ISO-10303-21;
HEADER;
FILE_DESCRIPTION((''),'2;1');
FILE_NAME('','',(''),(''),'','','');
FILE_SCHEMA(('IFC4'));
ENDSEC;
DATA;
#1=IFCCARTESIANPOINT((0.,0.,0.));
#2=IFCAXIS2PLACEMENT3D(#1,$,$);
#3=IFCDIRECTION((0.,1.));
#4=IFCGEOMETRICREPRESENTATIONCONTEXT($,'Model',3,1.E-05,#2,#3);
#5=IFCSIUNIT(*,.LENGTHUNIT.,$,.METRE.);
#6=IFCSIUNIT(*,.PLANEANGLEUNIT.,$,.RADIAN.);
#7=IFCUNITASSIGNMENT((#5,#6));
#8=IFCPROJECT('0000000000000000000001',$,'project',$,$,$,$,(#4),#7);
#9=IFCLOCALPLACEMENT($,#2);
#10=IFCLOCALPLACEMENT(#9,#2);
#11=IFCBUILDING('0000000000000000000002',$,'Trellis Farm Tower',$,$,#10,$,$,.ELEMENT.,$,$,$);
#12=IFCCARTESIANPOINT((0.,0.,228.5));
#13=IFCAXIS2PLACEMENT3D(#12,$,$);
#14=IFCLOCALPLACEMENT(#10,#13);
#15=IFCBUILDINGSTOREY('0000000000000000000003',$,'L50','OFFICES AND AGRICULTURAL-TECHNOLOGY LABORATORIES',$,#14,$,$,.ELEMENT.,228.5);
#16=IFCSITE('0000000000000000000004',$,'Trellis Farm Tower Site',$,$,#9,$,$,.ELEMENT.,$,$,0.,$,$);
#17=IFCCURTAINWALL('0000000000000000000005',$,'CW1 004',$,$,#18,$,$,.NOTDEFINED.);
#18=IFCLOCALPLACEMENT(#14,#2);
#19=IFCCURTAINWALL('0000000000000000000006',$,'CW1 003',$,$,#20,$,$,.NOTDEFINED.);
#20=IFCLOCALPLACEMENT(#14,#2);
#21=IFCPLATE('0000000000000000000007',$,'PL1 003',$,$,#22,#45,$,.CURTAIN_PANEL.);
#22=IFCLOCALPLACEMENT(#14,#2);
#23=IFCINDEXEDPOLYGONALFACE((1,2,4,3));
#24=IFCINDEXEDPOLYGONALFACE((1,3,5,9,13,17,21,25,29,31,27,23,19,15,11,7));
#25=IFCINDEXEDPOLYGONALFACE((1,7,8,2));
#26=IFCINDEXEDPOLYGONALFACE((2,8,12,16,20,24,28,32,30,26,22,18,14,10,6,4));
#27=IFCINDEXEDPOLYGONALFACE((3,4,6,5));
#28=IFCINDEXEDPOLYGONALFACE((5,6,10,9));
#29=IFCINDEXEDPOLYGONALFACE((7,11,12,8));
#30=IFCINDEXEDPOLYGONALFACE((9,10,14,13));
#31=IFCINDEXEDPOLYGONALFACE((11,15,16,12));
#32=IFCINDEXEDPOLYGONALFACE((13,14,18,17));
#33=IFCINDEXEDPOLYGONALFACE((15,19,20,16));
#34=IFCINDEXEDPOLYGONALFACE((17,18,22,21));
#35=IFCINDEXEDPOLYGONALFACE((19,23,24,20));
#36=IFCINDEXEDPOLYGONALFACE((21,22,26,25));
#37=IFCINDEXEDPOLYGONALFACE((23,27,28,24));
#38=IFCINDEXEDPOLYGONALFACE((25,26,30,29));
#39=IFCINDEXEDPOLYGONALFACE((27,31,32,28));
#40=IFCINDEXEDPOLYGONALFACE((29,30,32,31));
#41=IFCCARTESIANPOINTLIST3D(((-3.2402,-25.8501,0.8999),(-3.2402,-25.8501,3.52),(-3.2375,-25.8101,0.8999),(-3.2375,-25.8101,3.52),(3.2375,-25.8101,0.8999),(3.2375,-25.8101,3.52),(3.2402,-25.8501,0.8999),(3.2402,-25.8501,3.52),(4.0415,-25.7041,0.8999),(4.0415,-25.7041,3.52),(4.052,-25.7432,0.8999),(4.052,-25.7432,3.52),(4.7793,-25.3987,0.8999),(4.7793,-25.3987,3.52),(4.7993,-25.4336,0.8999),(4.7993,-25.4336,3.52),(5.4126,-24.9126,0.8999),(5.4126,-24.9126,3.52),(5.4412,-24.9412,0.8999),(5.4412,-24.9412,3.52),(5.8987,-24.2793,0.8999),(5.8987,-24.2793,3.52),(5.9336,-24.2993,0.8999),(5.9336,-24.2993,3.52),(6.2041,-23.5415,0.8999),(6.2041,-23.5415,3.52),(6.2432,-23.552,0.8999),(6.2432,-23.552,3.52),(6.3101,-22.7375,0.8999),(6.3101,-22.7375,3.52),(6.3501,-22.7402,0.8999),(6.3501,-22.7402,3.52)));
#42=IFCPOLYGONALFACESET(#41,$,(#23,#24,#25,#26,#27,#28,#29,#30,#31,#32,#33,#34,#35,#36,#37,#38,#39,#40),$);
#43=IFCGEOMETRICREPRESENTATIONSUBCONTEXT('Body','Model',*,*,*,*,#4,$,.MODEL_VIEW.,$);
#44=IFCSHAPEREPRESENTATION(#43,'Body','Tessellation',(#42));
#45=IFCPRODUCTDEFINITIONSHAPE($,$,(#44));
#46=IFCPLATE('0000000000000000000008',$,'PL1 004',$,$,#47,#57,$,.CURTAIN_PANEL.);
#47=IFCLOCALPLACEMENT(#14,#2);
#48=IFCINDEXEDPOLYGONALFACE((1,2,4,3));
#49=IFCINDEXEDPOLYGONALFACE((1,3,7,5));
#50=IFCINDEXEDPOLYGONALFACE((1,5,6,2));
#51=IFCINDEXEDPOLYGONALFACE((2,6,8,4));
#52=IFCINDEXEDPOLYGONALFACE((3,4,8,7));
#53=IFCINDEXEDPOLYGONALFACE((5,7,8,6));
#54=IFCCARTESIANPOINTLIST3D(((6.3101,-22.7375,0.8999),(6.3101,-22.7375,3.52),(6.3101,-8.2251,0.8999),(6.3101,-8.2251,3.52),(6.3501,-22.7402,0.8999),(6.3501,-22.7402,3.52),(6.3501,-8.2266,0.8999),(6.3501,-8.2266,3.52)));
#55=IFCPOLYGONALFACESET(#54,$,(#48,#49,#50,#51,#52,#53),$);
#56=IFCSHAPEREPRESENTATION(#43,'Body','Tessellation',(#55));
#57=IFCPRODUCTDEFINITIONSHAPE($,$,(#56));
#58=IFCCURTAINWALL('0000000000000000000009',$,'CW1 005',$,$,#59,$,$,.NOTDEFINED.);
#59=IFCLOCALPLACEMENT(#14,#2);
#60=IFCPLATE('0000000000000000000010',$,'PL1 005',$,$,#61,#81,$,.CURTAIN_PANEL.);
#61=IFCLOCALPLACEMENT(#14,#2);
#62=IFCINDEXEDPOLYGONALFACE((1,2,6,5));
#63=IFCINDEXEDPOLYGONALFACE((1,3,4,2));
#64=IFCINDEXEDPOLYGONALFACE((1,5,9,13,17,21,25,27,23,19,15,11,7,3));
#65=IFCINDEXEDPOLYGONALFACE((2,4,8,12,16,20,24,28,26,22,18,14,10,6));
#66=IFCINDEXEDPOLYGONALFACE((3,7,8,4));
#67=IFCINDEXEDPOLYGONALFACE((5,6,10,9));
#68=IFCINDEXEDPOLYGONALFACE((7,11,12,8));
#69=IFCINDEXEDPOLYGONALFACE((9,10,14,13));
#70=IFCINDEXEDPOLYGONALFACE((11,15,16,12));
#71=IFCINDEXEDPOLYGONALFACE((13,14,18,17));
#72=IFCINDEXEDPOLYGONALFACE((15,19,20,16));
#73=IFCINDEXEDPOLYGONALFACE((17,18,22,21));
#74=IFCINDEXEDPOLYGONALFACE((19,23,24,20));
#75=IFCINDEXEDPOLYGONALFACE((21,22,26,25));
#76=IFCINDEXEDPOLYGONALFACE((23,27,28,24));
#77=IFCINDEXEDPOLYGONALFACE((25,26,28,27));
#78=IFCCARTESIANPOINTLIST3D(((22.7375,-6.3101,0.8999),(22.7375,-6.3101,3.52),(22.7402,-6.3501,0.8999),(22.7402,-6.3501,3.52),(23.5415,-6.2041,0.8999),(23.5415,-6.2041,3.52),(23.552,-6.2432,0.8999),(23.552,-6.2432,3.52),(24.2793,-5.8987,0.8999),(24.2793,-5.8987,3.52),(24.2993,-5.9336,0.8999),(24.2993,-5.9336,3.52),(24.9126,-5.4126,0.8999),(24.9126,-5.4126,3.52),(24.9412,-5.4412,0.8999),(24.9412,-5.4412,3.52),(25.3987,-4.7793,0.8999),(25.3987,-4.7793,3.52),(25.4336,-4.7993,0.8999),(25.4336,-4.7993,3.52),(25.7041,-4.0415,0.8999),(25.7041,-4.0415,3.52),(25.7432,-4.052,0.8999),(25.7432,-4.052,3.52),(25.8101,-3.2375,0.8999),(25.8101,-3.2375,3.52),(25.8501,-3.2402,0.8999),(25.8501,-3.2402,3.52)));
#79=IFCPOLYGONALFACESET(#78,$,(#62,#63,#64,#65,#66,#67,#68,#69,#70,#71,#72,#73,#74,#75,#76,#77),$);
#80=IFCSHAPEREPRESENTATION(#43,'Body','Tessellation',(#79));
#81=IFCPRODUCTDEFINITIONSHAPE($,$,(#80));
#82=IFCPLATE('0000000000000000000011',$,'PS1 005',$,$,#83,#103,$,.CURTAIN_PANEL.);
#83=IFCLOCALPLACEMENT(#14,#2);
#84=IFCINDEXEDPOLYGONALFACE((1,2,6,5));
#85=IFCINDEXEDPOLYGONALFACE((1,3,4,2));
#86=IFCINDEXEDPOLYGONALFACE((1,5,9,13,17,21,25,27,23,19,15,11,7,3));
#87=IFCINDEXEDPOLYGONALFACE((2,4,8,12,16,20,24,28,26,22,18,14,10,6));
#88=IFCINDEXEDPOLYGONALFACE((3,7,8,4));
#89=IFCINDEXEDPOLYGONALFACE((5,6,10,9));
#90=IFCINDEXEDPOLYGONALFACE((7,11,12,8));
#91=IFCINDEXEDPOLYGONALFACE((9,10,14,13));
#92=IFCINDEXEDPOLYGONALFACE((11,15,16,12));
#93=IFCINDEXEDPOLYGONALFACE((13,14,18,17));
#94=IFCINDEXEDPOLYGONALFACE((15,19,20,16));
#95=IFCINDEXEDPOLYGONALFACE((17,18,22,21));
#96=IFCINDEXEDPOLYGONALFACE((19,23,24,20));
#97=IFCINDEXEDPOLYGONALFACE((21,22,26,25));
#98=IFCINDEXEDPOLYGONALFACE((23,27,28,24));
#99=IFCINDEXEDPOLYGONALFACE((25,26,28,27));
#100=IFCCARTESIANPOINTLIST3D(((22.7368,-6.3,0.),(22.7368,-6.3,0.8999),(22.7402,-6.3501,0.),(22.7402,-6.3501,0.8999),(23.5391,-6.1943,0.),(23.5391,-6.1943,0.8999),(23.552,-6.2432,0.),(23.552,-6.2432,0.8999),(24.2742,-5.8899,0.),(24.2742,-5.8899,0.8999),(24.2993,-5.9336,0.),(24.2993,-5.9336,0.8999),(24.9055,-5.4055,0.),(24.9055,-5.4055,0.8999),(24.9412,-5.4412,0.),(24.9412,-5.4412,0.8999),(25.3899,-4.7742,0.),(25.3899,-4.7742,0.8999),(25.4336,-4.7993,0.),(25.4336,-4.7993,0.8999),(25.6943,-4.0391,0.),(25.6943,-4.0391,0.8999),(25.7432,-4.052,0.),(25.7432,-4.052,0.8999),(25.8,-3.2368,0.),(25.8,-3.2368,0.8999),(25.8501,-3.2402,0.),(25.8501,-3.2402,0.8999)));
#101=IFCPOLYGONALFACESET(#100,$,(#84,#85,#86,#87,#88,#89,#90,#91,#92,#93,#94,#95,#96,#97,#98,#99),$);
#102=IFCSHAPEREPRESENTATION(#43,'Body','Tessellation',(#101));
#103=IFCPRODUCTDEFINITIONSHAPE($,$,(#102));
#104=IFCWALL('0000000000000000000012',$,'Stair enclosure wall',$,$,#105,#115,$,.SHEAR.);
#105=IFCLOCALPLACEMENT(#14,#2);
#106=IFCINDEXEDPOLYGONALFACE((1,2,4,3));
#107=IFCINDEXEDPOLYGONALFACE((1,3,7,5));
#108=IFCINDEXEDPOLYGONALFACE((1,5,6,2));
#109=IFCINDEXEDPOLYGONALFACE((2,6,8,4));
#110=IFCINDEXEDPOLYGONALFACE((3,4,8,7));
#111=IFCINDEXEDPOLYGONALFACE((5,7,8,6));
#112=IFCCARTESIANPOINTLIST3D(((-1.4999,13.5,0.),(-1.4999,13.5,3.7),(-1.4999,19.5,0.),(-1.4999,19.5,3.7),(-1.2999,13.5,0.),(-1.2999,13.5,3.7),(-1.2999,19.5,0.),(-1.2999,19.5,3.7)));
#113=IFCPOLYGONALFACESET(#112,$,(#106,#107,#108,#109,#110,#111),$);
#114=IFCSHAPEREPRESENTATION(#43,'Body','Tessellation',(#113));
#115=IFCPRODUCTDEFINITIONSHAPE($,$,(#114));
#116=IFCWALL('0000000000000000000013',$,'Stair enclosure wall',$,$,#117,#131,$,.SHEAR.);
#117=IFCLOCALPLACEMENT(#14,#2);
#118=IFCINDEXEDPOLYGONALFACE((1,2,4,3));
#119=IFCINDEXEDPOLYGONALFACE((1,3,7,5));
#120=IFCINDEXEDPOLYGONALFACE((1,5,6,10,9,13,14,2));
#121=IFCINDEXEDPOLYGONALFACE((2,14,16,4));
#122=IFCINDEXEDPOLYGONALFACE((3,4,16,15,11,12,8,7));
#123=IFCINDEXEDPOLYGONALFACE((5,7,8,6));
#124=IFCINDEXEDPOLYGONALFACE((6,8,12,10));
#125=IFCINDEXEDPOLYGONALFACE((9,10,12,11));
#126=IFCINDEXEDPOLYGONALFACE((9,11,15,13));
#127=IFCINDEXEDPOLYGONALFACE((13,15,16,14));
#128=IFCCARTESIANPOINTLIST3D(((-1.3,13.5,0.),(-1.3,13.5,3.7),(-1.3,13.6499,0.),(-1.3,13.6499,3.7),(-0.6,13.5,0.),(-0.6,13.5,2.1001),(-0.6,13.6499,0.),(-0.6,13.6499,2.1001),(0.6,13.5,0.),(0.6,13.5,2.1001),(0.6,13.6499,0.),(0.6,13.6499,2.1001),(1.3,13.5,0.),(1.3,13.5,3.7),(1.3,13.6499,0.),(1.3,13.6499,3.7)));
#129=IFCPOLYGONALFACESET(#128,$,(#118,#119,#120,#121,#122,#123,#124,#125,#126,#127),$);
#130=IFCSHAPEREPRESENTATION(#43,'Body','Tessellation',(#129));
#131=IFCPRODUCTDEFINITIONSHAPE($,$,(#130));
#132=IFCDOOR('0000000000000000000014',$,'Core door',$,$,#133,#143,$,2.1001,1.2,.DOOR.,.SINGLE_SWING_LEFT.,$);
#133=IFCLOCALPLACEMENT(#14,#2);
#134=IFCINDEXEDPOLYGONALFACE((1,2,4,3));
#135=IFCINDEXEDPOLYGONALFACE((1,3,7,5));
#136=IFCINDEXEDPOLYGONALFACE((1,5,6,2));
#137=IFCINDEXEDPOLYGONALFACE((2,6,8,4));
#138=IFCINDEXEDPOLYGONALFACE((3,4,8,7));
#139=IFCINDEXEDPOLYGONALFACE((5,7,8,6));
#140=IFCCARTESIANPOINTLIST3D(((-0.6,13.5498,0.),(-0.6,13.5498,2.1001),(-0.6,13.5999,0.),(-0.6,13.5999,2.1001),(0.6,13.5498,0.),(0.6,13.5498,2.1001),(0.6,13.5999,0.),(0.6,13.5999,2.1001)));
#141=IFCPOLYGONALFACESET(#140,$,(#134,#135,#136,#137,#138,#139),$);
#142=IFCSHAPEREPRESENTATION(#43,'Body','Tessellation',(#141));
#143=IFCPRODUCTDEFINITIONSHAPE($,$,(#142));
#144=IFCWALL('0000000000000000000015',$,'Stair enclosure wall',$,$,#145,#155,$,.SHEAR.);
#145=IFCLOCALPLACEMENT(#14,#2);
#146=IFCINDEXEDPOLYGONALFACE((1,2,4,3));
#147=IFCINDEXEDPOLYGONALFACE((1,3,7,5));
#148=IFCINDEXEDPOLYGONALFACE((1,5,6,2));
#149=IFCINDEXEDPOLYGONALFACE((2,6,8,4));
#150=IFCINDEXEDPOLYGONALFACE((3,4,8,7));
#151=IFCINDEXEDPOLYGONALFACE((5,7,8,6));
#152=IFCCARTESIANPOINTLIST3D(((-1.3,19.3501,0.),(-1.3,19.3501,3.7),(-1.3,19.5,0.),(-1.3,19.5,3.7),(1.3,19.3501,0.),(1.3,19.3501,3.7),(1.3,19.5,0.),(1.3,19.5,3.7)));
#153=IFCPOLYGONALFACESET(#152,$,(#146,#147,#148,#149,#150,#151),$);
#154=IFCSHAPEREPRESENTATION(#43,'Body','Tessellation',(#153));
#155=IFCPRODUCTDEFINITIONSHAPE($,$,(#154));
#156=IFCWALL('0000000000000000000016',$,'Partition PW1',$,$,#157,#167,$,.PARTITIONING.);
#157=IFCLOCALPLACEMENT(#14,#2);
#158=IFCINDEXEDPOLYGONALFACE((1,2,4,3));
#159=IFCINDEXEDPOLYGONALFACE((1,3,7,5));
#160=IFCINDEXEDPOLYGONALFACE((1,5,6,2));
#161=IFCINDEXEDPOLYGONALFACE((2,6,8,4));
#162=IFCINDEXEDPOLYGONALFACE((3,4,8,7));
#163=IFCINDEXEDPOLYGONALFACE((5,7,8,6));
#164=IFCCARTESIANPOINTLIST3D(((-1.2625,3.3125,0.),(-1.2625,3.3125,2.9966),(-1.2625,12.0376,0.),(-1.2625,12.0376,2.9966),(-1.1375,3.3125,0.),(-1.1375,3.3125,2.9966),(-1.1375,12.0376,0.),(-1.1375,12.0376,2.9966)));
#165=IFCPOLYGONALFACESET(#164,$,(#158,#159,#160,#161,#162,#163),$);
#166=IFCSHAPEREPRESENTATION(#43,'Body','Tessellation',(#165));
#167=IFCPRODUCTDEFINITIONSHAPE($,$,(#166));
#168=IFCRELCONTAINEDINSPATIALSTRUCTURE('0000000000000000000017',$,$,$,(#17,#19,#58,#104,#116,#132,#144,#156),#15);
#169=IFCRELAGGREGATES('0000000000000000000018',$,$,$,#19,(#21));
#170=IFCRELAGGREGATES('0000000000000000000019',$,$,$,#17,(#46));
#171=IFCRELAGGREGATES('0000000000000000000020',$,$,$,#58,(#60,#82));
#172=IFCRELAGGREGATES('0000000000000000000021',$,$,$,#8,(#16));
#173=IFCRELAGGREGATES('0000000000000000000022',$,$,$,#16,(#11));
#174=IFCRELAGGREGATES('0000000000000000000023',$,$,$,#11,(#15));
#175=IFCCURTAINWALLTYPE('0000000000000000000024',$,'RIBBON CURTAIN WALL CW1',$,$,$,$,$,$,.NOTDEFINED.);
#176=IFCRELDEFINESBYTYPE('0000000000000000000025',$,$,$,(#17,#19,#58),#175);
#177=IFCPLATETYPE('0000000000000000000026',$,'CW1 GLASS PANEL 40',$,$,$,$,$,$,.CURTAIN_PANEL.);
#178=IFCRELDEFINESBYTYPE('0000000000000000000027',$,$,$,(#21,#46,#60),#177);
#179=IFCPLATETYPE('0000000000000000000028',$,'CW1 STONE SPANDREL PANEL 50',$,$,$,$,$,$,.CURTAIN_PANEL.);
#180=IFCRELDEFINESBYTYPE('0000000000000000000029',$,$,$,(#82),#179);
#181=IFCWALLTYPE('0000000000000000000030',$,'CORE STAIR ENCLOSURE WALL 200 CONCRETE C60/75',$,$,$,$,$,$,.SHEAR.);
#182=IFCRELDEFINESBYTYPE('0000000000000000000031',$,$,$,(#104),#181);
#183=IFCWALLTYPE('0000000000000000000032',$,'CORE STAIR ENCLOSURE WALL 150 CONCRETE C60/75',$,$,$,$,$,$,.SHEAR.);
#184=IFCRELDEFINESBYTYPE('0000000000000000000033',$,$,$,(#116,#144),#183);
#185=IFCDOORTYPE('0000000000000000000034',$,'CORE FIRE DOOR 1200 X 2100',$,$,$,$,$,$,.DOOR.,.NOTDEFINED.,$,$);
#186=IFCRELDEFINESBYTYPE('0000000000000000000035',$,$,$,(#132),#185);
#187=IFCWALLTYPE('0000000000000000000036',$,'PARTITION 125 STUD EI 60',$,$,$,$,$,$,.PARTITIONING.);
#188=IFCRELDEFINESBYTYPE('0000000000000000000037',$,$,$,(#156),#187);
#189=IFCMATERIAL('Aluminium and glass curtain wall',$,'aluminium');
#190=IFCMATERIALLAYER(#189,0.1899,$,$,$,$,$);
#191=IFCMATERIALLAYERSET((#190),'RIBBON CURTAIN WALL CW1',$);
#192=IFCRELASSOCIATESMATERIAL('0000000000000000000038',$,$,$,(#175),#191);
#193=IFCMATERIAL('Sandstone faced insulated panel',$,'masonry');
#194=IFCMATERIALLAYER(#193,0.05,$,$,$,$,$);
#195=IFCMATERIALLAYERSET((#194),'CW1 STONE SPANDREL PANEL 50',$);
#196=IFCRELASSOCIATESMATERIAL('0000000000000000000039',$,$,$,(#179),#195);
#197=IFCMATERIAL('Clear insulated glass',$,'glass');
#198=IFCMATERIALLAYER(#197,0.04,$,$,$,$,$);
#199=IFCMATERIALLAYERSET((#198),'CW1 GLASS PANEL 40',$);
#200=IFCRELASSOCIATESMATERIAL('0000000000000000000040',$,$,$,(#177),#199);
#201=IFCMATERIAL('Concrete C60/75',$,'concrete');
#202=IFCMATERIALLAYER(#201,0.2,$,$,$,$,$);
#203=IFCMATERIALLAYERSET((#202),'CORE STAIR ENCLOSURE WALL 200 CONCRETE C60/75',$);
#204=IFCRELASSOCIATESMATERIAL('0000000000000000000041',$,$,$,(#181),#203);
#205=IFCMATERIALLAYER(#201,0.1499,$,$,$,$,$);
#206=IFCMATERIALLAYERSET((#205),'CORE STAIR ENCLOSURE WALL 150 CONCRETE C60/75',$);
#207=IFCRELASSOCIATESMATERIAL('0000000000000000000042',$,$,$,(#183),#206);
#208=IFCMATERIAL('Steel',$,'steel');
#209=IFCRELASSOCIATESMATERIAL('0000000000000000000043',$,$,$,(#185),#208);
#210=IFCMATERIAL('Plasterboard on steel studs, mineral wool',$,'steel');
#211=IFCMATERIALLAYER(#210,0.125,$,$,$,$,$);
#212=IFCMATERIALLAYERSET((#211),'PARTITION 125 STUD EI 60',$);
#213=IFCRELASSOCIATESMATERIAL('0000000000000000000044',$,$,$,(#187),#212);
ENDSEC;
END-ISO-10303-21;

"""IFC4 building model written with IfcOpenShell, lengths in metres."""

from ifc_helpers import new_model, si_unit, direction, frame, frame_2d, origin, place, context, subcontext, project, spatial, polyline, rectangle, outline, extrude, source, transform, mapped, material, layer, layer_set, type_object, element, fill, aggregate, save


model = new_model("IFC4")

# Units and contexts
model_context = context("Model", 3, precision=1e-05, world=origin(), true_north=direction((0.0, 1.0)))
body_context = subcontext(model_context, "Body", "Model", "MODEL_VIEW")
ifc_project = project(units=[si_unit("LENGTHUNIT", "METRE"), si_unit("PLANEANGLEUNIT", "RADIAN")], contexts=[model_context])

# Site, building, storey
site_placement = place(None, origin())
site = spatial("IfcSite", under=ifc_project, at=site_placement, Name="Trellis Farm Tower Site", CompositionType="ELEMENT", RefElevation=0.0)
building_placement = place(site_placement, origin())
building = spatial("IfcBuilding", under=site, at=building_placement, Name="Trellis Farm Tower", CompositionType="ELEMENT")
storey_placement = place(building_placement, frame((0.0, 0.0, 228.5)))
storey = spatial("IfcBuildingStorey", under=building, at=storey_placement, Name="L50", Description="OFFICES AND AGRICULTURAL-TECHNOLOGY LABORATORIES", CompositionType="ELEMENT", Elevation=228.5)

# Shared definitions
ifc_material_1 = material(Name="Concrete C60/75", Category="concrete")

# Curtain walls
ifc_material_2 = material(Name="Aluminium and glass curtain wall", Category="aluminium")
placement_1 = place(storey_placement, origin())
ifc_layer_1 = layer(ifc_material_2, 0.1899)
ifc_layer_set_1 = layer_set([ifc_layer_1], Name="RIBBON CURTAIN WALL CW1")
curtain_wall_type_1 = type_object("IfcCurtainWallType", Name="RIBBON CURTAIN WALL CW1", PredefinedType="NOTDEFINED", material=ifc_layer_set_1)
curtain_wall_1 = element("IfcCurtainWall", 1, at=placement_1, inside=storey, type_object=curtain_wall_type_1, Name="CW1 004", PredefinedType="NOTDEFINED")
curtain_wall_2 = element("IfcCurtainWall", 2, at=placement_1, inside=storey, type_object=curtain_wall_type_1, Name="CW1 003", PredefinedType="NOTDEFINED")

# Plates
ifc_material_3 = material(Name="Sandstone faced insulated panel", Category="masonry")
ifc_layer_2 = layer(ifc_material_3, 0.05)
ifc_layer_set_2 = layer_set([ifc_layer_2], Name="CW1 STONE SPANDREL PANEL 50")
plate_type_1 = type_object("IfcPlateType", Name="CW1 STONE SPANDREL PANEL 50", PredefinedType="CURTAIN_PANEL", material=ifc_layer_set_2)
ifc_material_4 = material(Name="Clear insulated glass", Category="glass")
ifc_layer_3 = layer(ifc_material_4, 0.04)
ifc_layer_set_3 = layer_set([ifc_layer_3], Name="CW1 GLASS PANEL 40")
plate_type_2 = type_object("IfcPlateType", Name="CW1 GLASS PANEL 40", PredefinedType="CURTAIN_PANEL", material=ifc_layer_set_3)
placement_2 = place(storey_placement, frame((0.0, 0.0, 0.8999)))
shared_shape_1 = source(origin(), body_context, "Body", "SweptSolid", [
    extrude(outline(polyline([(-3.2402, -25.8501), (3.2402, -25.8501), (4.052, -25.7432), (4.7993, -25.4336), (5.4412, -24.9412), (5.9336, -24.2993), (6.2432, -23.552), (6.3501, -22.7402), (6.3101, -22.7375), (6.2041, -23.5415), (5.8987, -24.2793), (5.4126, -24.9126), (4.7793, -25.3987), (4.0415, -25.7041), (3.2375, -25.8101), (-3.2375, -25.8101), (-3.2402, -25.8501)])), origin(), (0.0, 0.0, 1.0), 2.6201),
])
plate_1 = element("IfcPlate", 3, at=placement_2, type_object=plate_type_2, Name="PL1 003", PredefinedType="CURTAIN_PANEL", context=body_context, shape_type="MappedRepresentation", body=[
    mapped(shared_shape_1, transform((0.0, 0.0, 0.0))),
])
aggregate(curtain_wall_2, [plate_1])
shared_shape_2 = source(origin(), body_context, "Body", "SweptSolid", [
    extrude(outline(polyline([(6.3501, -22.7402), (6.3501, -8.2266), (6.3101, -8.2251), (6.3101, -22.7375), (6.3501, -22.7402)])), origin(), (0.0, 0.0, 1.0), 2.6201),
])
plate_2 = element("IfcPlate", 4, at=placement_2, type_object=plate_type_2, Name="PL1 004", PredefinedType="CURTAIN_PANEL", context=body_context, shape_type="MappedRepresentation", body=[
    mapped(shared_shape_2, transform((0.0, 0.0, 0.0))),
])
aggregate(curtain_wall_1, [plate_2])

# Curtain wall, plates
curtain_wall_3 = element("IfcCurtainWall", 5, at=placement_1, inside=storey, type_object=curtain_wall_type_1, Name="CW1 005", PredefinedType="NOTDEFINED")
shared_shape_3 = source(origin(), body_context, "Body", "SweptSolid", [
    extrude(outline(polyline([(22.7402, -6.3501), (23.552, -6.2432), (24.2993, -5.9336), (24.9412, -5.4412), (25.4336, -4.7993), (25.7432, -4.052), (25.8501, -3.2402), (25.8101, -3.2375), (25.7041, -4.0415), (25.3987, -4.7793), (24.9126, -5.4126), (24.2793, -5.8987), (23.5415, -6.2041), (22.7375, -6.3101), (22.7402, -6.3501)])), origin(), (0.0, 0.0, 1.0), 2.6201),
])
plate_3 = element("IfcPlate", 6, at=placement_2, type_object=plate_type_2, Name="PL1 005", PredefinedType="CURTAIN_PANEL", context=body_context, shape_type="MappedRepresentation", body=[
    mapped(shared_shape_3, transform((0.0, 0.0, 0.0))),
])
shared_shape_4 = source(origin(), body_context, "Body", "SweptSolid", [
    extrude(outline(polyline([(22.7402, -6.3501), (23.552, -6.2432), (24.2993, -5.9336), (24.9412, -5.4412), (25.4336, -4.7993), (25.7432, -4.052), (25.8501, -3.2402), (25.8, -3.2368), (25.6943, -4.0391), (25.3899, -4.7742), (24.9055, -5.4055), (24.2742, -5.8899), (23.5391, -6.1943), (22.7368, -6.3), (22.7402, -6.3501)])), origin(), (0.0, 0.0, 1.0), 0.8999),
])
plate_4 = element("IfcPlate", 7, at=placement_1, type_object=plate_type_1, Name="PS1 005", PredefinedType="CURTAIN_PANEL", context=body_context, shape_type="MappedRepresentation", body=[
    mapped(shared_shape_4, transform((0.0, 0.0, 0.0))),
])
aggregate(curtain_wall_3, [plate_3, plate_4])

# Wall
ifc_layer_4 = layer(ifc_material_1, 0.2)
ifc_layer_set_4 = layer_set([ifc_layer_4], Name="CORE STAIR ENCLOSURE WALL 200 CONCRETE C60/75")
wall_type_1 = type_object("IfcWallType", Name="CORE STAIR ENCLOSURE WALL 200 CONCRETE C60/75", PredefinedType="SHEAR", material=ifc_layer_set_4)
shared_shape_5 = source(origin(), body_context, "Body", "SweptSolid", [
    extrude(rectangle(XDim=6.0, YDim=0.2, at=frame_2d((3.0, 0.0))), origin(), (0.0, 0.0, 1.0), 3.7),
])
wall_1_placement = place(storey_placement, frame((-1.3999, 13.5, 0.0), z_axis=(0.0, 0.0, 1.0), x_axis=(0.0, 1.0, 0.0)))
element("IfcWall", 8, at=wall_1_placement, inside=storey, type_object=wall_type_1, Name="Stair enclosure wall", PredefinedType="SHEAR", context=body_context, shape_type="MappedRepresentation", body=[
    mapped(shared_shape_5, transform((0.0, 0.0, 0.0))),
])

# Wall, opening, door
ifc_layer_5 = layer(ifc_material_1, 0.1499)
ifc_layer_set_5 = layer_set([ifc_layer_5], Name="CORE STAIR ENCLOSURE WALL 150 CONCRETE C60/75")
wall_type_2 = type_object("IfcWallType", Name="CORE STAIR ENCLOSURE WALL 150 CONCRETE C60/75", PredefinedType="SHEAR", material=ifc_layer_set_5)
shared_shape_6 = source(origin(), body_context, "Body", "SweptSolid", [
    extrude(rectangle(XDim=2.6001, YDim=0.1499, at=frame_2d((1.3, 0.0))), origin(), (0.0, 0.0, 1.0), 3.7),
])
wall_2_placement = place(storey_placement, frame((-1.3, 13.575, 0.0), z_axis=(0.0, 0.0, 1.0), x_axis=(1.0, 0.0, 0.0)))
wall_2 = element("IfcWall", 9, at=wall_2_placement, inside=storey, type_object=wall_type_2, Name="Stair enclosure wall", PredefinedType="SHEAR", context=body_context, shape_type="MappedRepresentation", body=[
    mapped(shared_shape_6, transform((0.0, 0.0, 0.0))),
])
shared_shape_7 = source(origin(), body_context, "Body", "SweptSolid", [
    extrude(rectangle(XDim=1.2, YDim=2.1001, at=frame_2d((0.6001, 1.05))), frame((0.0, 0.085, 0.0), z_axis=(0.0, -1.0, 0.0), x_axis=(1.0, 0.0, 0.0)), (0.0, 0.0, 1.0), 0.1699),
])
opening_1_placement = place(wall_2_placement, frame((0.7, 0.0, 0.0)))
opening_1 = element("IfcOpeningElement", 10, at=opening_1_placement, cuts=wall_2, PredefinedType="OPENING", context=body_context, shape_type="MappedRepresentation", body=[
    mapped(shared_shape_7, transform((0.0, 0.0, 0.0))),
])
ifc_material_5 = material(Name="Steel", Category="steel")
door_type_1 = type_object("IfcDoorType", Name="CORE FIRE DOOR 1200 X 2100", OperationType="NOTDEFINED", PredefinedType="DOOR", material=ifc_material_5)
shared_shape_8 = source(origin(), body_context, "Body", "SweptSolid", [
    extrude(rectangle(XDim=1.2, YDim=2.1001, at=frame_2d((0.6001, 1.05))), frame((0.0, 0.0249, 0.0), z_axis=(0.0, -1.0, 0.0), x_axis=(1.0, 0.0, 0.0)), (0.0, 0.0, 1.0), 0.05),
])
door_1_placement = place(opening_1_placement, origin())
door_1 = element("IfcDoor", 11, at=door_1_placement, inside=storey, type_object=door_type_1, Name="Core door", OperationType="SINGLE_SWING_LEFT", OverallHeight=2.1001, OverallWidth=1.2, PredefinedType="DOOR", context=body_context, shape_type="MappedRepresentation", body=[
    mapped(shared_shape_8, transform((0.0, 0.0, 0.0))),
])
fill(opening_1, door_1)

# Walls
wall_3_placement = place(storey_placement, frame((-1.3, 19.425, 0.0), z_axis=(0.0, 0.0, 1.0), x_axis=(1.0, 0.0, 0.0)))
element("IfcWall", 12, at=wall_3_placement, inside=storey, type_object=wall_type_2, Name="Stair enclosure wall", PredefinedType="SHEAR", context=body_context, shape_type="MappedRepresentation", body=[
    mapped(shared_shape_6, transform((0.0, 0.0, 0.0))),
])
ifc_material_6 = material(Name="Plasterboard on steel studs, mineral wool", Category="steel")
ifc_layer_6 = layer(ifc_material_6, 0.125)
ifc_layer_set_6 = layer_set([ifc_layer_6], Name="PARTITION 125 STUD EI 60")
wall_type_3 = type_object("IfcWallType", Name="PARTITION 125 STUD EI 60", PredefinedType="PARTITIONING", material=ifc_layer_set_6)
shared_shape_9 = source(origin(), body_context, "Body", "SweptSolid", [
    extrude(rectangle(XDim=8.7251, YDim=0.125, at=frame_2d((4.3625, 0.0))), origin(), (0.0, 0.0, 1.0), 2.9966),
])
wall_4_placement = place(storey_placement, frame((-1.2, 12.0376, 0.0), z_axis=(0.0, 0.0, 1.0), x_axis=(0.0, -1.0, 0.0)))
element("IfcWall", 13, at=wall_4_placement, inside=storey, type_object=wall_type_3, Name="Partition PW1", PredefinedType="PARTITIONING", context=body_context, shape_type="MappedRepresentation", body=[
    mapped(shared_shape_9, transform((0.0, 0.0, 0.0))),
])

save(model, "model.ifc")
